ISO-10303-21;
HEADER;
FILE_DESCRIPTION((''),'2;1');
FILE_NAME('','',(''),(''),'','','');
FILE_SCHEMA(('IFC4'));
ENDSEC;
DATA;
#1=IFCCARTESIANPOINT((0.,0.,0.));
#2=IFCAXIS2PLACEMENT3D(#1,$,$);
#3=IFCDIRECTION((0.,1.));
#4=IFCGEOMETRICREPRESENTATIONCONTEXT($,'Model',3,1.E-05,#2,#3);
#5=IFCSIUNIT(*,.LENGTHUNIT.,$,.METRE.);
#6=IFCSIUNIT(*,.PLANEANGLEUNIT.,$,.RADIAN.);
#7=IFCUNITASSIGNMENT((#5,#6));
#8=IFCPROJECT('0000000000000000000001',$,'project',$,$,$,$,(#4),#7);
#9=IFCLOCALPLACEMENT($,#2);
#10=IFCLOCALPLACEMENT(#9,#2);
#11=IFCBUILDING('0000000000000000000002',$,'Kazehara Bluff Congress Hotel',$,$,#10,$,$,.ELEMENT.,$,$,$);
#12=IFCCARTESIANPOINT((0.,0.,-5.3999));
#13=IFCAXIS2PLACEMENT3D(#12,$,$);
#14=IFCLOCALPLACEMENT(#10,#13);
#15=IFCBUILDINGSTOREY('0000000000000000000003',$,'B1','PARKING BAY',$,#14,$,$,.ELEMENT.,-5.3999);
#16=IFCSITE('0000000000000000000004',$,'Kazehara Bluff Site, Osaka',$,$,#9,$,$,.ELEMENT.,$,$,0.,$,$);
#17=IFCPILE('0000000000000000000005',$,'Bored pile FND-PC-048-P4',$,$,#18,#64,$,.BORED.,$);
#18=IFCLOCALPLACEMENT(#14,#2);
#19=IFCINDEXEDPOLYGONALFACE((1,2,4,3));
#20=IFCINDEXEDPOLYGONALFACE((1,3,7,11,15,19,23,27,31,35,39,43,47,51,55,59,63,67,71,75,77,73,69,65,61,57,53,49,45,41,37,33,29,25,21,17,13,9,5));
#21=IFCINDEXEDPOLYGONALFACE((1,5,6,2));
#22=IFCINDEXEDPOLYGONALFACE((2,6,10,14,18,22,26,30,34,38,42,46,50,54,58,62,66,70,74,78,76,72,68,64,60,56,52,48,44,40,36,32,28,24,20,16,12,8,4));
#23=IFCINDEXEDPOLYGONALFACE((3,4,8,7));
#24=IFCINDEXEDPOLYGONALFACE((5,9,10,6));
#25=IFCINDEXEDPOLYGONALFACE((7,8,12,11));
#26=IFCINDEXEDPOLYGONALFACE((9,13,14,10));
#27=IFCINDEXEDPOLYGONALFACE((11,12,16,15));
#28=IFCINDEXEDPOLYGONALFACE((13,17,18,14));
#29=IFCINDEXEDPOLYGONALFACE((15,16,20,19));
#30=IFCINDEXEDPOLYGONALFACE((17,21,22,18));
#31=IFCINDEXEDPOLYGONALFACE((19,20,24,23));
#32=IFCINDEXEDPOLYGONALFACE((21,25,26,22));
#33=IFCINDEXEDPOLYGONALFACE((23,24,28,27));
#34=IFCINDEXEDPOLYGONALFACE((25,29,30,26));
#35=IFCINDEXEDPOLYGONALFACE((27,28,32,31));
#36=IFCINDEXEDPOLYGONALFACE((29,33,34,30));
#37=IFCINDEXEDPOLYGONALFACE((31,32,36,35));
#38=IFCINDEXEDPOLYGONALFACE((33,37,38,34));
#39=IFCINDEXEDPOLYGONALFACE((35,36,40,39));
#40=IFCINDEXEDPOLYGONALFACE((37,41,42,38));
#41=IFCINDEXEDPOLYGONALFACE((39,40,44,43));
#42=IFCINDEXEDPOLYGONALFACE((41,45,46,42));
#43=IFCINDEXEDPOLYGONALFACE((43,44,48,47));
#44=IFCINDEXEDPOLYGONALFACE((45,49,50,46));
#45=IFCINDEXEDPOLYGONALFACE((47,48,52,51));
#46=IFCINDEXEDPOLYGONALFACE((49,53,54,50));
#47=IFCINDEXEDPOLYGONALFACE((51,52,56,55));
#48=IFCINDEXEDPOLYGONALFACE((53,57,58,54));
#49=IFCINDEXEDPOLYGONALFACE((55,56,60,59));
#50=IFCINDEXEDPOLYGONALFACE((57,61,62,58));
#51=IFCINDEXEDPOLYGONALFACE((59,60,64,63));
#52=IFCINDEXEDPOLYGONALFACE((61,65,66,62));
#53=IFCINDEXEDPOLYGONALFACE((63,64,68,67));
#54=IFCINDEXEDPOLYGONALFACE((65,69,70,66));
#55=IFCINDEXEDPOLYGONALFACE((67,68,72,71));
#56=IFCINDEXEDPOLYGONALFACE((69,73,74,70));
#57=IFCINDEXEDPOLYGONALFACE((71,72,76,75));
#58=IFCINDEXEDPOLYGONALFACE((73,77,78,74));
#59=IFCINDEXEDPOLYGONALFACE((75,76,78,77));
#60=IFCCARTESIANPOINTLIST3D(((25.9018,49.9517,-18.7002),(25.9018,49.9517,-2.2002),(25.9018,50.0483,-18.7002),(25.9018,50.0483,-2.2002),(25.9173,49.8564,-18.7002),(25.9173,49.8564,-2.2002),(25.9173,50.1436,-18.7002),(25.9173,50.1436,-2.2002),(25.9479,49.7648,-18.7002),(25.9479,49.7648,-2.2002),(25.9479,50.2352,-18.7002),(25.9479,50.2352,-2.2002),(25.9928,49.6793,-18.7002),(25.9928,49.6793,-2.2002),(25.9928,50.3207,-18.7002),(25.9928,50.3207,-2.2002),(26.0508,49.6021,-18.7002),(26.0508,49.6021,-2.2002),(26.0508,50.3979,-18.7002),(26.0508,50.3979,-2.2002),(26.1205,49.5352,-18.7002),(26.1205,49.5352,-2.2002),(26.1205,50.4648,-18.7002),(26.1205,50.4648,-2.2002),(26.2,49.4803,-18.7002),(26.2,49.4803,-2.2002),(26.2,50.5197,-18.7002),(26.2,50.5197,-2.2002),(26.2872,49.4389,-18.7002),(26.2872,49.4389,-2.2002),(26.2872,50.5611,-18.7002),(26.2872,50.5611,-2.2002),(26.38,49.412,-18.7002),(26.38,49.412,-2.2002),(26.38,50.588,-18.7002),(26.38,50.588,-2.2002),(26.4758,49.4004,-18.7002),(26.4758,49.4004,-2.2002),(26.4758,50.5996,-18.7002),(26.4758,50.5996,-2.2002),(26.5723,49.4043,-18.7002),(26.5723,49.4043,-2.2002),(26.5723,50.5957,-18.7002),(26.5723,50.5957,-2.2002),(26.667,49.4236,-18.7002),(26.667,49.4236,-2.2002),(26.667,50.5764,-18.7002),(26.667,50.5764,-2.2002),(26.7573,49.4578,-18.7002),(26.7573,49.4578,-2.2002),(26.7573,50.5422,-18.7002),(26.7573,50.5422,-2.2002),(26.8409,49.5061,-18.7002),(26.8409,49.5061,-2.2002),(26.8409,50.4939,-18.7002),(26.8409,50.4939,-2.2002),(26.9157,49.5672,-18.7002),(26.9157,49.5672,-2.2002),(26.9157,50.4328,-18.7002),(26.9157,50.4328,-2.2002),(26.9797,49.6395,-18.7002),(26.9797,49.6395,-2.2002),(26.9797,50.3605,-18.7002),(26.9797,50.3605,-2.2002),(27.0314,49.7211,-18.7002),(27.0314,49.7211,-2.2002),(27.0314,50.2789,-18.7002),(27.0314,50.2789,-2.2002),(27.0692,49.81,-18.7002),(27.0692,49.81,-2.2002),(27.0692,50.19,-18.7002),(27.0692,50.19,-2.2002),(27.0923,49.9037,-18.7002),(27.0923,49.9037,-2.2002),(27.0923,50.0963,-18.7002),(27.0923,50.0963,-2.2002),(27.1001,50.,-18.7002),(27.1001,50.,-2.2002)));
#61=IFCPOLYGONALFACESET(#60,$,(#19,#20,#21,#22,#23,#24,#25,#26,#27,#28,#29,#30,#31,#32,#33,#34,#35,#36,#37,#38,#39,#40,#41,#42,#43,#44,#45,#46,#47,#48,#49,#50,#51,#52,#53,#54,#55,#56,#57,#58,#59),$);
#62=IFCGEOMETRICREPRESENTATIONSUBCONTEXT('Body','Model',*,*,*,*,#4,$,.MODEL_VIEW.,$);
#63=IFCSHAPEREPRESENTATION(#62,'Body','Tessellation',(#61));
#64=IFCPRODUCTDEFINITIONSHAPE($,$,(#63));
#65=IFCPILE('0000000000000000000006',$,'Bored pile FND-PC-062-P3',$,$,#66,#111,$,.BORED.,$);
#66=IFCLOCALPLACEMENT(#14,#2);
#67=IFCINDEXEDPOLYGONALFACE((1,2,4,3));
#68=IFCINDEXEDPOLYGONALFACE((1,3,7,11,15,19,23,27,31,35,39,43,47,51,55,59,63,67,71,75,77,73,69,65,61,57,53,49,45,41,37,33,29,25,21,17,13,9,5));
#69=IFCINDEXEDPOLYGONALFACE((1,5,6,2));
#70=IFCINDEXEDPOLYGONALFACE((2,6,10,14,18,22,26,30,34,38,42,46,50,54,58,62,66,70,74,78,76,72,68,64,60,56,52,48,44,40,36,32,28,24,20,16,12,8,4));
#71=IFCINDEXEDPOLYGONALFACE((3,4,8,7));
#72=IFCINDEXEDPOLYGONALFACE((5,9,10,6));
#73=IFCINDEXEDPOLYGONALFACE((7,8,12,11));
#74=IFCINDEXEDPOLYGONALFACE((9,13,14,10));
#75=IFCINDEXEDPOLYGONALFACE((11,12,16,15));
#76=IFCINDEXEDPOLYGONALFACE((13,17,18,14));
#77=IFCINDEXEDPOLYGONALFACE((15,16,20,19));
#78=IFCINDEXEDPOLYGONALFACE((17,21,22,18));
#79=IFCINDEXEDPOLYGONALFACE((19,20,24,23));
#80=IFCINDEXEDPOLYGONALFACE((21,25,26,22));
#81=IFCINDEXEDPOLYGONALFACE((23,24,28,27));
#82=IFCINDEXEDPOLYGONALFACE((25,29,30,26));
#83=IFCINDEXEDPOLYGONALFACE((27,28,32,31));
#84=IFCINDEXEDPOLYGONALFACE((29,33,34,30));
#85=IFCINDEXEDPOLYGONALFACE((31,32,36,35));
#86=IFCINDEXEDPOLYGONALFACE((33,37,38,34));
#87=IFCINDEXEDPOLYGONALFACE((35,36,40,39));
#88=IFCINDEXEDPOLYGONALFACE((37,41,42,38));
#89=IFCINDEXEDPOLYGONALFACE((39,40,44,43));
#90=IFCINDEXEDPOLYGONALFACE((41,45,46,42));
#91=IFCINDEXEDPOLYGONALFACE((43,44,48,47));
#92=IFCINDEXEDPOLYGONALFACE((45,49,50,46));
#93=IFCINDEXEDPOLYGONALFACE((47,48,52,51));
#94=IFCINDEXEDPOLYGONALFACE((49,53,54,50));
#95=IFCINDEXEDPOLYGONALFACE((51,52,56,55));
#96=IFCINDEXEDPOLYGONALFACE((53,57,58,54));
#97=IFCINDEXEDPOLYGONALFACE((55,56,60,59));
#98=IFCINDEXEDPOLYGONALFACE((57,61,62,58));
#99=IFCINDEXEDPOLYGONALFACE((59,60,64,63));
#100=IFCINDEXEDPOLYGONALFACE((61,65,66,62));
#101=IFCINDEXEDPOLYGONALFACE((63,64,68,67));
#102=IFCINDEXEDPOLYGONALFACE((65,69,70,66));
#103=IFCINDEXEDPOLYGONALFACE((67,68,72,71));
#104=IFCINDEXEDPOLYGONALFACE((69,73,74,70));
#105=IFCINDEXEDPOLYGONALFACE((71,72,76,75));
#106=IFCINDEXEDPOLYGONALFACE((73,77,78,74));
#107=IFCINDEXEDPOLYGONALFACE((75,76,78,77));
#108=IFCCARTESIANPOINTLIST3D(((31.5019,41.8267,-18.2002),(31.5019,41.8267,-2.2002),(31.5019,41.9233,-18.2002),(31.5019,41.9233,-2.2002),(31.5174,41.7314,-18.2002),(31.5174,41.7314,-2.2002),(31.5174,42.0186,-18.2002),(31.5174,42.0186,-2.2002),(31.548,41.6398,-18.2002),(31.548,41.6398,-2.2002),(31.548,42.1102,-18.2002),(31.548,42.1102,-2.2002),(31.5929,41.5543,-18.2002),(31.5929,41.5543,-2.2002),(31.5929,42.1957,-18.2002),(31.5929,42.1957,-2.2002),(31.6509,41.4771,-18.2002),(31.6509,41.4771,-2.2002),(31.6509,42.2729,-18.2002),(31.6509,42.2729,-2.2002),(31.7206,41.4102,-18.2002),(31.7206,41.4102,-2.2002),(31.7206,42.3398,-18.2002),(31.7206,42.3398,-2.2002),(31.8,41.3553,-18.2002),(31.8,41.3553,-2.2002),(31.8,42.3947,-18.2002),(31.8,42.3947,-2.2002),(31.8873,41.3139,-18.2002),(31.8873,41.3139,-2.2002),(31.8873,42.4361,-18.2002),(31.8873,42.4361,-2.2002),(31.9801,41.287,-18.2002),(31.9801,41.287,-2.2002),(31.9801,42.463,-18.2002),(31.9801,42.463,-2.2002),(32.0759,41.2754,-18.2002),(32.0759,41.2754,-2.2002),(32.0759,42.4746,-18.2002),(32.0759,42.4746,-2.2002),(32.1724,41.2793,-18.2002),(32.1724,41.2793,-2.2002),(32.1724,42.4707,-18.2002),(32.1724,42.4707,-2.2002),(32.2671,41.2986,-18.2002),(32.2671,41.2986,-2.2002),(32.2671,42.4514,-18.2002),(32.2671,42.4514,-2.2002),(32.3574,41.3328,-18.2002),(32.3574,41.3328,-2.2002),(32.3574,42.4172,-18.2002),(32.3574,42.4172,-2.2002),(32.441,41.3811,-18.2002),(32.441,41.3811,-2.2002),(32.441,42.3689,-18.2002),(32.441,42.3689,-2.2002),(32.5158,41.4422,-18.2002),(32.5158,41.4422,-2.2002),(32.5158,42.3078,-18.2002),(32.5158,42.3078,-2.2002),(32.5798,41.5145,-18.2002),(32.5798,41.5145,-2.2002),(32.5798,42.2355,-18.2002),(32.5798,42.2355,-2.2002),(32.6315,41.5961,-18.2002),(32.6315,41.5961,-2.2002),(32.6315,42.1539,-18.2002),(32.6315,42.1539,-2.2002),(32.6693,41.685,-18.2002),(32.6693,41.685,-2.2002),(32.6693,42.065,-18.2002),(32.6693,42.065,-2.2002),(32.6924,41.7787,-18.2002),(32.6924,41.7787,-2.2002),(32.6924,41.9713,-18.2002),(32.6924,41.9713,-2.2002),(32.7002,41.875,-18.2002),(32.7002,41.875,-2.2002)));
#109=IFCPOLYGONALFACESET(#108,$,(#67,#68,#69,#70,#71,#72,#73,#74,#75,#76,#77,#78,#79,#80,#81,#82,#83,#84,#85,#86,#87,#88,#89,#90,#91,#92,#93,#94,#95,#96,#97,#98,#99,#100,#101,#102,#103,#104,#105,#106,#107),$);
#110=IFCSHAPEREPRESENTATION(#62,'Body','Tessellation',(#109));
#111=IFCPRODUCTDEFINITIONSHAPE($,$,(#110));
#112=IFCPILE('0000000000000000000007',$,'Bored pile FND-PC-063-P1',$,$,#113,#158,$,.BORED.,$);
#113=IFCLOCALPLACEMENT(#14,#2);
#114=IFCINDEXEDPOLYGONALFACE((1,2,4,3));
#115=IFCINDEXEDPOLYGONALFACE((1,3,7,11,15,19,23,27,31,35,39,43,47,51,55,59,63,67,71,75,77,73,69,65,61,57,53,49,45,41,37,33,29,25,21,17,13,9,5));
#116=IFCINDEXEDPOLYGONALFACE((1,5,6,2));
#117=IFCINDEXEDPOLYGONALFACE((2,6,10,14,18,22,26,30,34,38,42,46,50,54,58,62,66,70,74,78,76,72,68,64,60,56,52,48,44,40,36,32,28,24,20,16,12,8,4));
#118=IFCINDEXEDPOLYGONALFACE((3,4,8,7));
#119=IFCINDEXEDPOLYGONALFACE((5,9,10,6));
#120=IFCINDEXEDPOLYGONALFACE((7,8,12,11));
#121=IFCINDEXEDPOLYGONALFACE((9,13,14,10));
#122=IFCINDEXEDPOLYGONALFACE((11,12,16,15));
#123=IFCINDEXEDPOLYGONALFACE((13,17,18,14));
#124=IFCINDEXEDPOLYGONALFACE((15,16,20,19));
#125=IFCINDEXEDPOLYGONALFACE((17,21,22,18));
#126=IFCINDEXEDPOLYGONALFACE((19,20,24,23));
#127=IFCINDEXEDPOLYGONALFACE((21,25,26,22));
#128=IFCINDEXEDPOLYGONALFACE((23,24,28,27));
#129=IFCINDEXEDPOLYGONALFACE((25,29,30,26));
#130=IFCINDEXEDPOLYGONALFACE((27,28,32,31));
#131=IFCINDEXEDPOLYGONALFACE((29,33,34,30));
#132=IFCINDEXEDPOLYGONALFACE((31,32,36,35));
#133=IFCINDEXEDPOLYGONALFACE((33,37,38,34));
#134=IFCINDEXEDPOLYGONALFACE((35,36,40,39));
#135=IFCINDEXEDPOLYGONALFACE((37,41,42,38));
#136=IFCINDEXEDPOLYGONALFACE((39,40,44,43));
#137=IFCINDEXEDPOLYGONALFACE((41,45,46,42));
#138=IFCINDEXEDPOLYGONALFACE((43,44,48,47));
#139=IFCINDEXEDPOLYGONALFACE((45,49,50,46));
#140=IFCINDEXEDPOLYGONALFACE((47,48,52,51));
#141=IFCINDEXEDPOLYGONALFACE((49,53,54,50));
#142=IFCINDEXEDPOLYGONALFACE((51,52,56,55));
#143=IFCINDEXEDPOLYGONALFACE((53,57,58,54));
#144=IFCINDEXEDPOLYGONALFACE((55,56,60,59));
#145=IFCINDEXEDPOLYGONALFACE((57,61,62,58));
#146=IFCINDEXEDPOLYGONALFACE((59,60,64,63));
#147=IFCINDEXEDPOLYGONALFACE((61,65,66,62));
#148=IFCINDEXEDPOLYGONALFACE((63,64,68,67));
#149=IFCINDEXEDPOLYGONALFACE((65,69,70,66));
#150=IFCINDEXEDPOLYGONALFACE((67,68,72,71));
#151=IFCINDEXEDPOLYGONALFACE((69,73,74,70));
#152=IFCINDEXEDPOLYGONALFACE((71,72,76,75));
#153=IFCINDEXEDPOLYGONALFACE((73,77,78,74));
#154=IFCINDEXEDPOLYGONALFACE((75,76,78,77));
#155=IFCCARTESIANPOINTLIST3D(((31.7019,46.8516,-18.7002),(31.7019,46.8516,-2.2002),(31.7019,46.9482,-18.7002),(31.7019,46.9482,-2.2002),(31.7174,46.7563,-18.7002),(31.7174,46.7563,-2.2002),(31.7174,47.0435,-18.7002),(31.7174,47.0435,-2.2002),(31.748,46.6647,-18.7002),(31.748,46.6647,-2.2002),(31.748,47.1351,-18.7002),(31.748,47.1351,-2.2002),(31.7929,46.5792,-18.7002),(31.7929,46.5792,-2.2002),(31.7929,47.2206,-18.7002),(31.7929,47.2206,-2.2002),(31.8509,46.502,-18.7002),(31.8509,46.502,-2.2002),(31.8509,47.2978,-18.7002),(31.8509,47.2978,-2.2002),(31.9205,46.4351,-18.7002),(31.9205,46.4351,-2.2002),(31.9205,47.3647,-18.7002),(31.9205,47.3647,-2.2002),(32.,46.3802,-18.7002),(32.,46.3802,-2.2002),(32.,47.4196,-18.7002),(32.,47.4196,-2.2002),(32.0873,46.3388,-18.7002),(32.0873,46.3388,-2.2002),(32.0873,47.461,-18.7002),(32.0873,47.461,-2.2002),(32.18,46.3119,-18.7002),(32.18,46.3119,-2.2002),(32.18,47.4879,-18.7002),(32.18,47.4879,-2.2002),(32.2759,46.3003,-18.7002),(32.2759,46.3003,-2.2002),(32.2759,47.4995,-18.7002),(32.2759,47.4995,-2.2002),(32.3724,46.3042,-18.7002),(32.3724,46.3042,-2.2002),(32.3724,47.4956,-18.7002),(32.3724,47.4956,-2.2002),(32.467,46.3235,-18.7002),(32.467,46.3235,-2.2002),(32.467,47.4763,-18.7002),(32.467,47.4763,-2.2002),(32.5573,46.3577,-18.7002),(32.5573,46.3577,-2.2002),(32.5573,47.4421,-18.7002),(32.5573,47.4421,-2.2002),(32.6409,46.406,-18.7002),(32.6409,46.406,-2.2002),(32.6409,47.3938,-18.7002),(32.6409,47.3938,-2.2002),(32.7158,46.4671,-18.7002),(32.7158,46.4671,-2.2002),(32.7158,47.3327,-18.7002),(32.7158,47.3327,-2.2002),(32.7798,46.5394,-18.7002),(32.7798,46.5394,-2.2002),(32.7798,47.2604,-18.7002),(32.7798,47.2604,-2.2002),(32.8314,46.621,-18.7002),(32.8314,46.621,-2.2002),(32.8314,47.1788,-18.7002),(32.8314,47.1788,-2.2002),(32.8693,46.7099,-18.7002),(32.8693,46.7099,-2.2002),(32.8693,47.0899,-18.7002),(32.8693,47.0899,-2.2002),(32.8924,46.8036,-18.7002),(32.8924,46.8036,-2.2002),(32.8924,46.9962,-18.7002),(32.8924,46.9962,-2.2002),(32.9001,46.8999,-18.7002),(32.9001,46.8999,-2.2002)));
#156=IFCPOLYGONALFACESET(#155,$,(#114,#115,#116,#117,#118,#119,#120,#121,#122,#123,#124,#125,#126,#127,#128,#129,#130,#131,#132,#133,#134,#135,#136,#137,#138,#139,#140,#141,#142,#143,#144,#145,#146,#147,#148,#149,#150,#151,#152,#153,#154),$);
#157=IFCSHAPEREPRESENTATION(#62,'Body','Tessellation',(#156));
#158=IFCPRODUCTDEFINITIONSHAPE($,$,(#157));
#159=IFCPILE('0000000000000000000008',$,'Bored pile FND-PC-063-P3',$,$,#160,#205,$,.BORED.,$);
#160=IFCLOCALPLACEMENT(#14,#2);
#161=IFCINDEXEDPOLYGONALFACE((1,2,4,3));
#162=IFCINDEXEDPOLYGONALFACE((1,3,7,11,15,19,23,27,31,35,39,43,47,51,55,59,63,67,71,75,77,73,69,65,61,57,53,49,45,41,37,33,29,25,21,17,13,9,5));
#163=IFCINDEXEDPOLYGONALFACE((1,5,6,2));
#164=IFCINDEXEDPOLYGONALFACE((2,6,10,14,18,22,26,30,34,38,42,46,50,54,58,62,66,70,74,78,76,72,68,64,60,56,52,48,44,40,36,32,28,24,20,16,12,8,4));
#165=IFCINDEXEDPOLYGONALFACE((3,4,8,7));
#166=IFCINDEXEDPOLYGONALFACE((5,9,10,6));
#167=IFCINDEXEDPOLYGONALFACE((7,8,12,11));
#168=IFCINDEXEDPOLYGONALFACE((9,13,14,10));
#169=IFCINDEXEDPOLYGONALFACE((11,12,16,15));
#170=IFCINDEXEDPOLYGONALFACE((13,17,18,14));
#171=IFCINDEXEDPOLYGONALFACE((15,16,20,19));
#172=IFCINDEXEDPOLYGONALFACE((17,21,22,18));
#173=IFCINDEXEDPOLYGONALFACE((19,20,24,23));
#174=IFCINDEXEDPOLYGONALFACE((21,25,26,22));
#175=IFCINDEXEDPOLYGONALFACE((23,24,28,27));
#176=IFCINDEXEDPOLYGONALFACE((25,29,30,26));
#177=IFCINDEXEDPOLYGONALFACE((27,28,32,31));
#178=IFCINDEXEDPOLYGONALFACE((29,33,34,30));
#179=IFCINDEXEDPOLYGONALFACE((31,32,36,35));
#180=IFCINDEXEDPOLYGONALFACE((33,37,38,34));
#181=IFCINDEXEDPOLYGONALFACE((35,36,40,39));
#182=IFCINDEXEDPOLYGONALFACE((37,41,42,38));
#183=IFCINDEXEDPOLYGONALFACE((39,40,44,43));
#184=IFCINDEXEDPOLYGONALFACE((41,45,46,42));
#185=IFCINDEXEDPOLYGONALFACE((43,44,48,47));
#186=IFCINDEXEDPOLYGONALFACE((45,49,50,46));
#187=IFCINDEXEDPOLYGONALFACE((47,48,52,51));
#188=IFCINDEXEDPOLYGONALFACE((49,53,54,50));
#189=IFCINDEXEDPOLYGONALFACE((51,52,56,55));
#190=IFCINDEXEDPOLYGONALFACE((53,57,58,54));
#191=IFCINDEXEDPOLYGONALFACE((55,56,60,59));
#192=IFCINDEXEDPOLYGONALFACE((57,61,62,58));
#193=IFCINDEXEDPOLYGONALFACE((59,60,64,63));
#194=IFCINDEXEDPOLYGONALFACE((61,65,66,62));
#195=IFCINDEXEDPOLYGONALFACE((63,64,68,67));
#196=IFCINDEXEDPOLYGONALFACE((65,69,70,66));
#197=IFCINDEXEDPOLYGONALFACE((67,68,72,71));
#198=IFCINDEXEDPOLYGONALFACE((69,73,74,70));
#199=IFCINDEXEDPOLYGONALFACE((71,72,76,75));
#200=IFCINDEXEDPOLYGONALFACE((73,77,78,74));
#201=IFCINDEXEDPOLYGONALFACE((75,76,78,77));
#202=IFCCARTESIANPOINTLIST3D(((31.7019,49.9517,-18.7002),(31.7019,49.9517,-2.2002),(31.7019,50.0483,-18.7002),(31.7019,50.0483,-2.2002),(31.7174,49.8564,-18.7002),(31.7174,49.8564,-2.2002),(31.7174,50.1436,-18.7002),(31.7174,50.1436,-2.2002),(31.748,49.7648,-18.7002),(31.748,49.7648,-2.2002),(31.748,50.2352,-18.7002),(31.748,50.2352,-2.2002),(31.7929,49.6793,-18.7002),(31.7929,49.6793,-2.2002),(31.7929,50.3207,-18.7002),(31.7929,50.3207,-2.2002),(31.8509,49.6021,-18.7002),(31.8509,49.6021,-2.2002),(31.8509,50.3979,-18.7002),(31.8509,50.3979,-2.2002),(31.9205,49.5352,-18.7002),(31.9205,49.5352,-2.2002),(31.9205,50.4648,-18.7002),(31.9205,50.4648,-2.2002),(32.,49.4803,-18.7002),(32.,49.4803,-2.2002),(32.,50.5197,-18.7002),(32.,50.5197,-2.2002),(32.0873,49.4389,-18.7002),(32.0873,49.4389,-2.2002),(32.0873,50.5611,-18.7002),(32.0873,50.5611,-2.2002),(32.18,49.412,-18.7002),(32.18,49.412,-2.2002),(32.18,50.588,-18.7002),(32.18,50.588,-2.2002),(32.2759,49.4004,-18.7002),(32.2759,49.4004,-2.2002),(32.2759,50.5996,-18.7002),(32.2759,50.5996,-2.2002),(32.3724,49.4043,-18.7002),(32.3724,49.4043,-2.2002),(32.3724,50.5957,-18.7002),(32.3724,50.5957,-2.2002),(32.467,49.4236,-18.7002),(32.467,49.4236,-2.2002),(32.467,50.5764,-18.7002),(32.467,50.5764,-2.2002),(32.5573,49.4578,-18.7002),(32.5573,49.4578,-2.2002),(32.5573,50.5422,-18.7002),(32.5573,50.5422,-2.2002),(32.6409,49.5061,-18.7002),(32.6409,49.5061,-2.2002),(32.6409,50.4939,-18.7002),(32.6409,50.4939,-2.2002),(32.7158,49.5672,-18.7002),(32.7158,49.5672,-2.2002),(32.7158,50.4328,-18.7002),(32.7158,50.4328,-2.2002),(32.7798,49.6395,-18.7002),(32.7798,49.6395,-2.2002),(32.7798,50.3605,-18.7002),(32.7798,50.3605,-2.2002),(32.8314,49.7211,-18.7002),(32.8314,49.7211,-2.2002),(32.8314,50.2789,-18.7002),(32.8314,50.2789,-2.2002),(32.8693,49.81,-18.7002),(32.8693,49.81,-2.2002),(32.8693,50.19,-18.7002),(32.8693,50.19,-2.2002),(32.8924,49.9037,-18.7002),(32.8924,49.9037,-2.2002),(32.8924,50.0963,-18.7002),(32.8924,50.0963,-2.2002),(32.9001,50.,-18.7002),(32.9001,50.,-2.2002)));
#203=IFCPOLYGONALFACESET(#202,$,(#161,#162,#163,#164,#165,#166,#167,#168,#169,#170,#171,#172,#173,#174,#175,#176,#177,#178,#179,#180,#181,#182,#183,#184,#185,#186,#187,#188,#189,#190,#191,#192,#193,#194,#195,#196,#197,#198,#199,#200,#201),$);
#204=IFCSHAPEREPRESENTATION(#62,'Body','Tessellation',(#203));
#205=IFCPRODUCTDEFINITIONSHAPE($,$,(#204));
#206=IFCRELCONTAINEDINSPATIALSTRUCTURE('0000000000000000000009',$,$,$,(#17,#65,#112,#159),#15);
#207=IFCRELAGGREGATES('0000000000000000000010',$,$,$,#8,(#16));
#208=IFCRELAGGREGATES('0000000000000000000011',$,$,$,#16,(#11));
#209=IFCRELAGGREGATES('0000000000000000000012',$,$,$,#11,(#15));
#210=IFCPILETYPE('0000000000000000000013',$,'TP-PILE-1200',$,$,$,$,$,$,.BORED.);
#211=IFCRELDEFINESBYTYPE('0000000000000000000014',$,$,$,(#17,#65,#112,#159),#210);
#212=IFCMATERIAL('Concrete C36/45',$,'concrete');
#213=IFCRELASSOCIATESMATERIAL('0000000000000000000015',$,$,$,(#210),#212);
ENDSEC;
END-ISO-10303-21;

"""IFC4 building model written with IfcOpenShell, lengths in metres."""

from ifc_helpers import new_model, si_unit, direction, frame, origin, origin_2d, place, context, subcontext, project, spatial, circle, extrude, material, material_profile, profile_set, type_object, element, save


model = new_model("IFC4")

# Units and contexts
model_context = context("Model", 3, precision=1e-05, world=origin(), true_north=direction((0.0, 1.0)))
body_context = subcontext(model_context, "Body", "Model", "MODEL_VIEW")
ifc_project = project(units=[si_unit("LENGTHUNIT", "METRE"), si_unit("PLANEANGLEUNIT", "RADIAN")], contexts=[model_context])

# Site, building, storey
site_placement = place(None, origin())
site = spatial("IfcSite", under=ifc_project, at=site_placement, Name="Kazehara Bluff Site, Osaka", CompositionType="ELEMENT", RefElevation=0.0)
building_placement = place(site_placement, origin())
building = spatial("IfcBuilding", under=site, at=building_placement, Name="Kazehara Bluff Congress Hotel", CompositionType="ELEMENT")
storey_placement = place(building_placement, frame((0.0, 0.0, -5.3999)))
storey = spatial("IfcBuildingStorey", under=building, at=storey_placement, Name="B1", Description="PARKING BAY", CompositionType="ELEMENT", Elevation=-5.3999)

# Piles
ifc_material_1 = material(Name="Concrete C36/45", Category="concrete")
ifc_material_profile_1 = material_profile(ifc_material_1, circle(Radius=0.6001, at=origin_2d()))
ifc_profile_set_1 = profile_set([ifc_material_profile_1], Name="Concrete C36/45")
pile_type = type_object("IfcPileType", Name="TP-PILE-1200", PredefinedType="BORED", material=ifc_profile_set_1)
for number, where, z_axis, x_axis, name in (
    (1, (26.5, 50.0, -2.2002), (0.0, 0.0, -1.0), (1.0, 0.0, 0.0), "Bored pile FND-PC-048-P4"),
):
    element("IfcPile", number, at=place(storey_placement, frame(where, z_axis=z_axis, x_axis=x_axis)), inside=storey, type_object=pile_type, Name=name, PredefinedType="BORED", context=body_context, shape_type="SweptSolid", body=[
        extrude(circle(Radius=0.6001, at=origin_2d()), origin(), (0.0, 0.0, 1.0), 16.5),
    ])
pile_1_placement = place(storey_placement, frame((32.1001, 41.875, -2.2002), z_axis=(0.0, 0.0, -1.0), x_axis=(1.0, 0.0, 0.0)))
element("IfcPile", 2, at=pile_1_placement, inside=storey, type_object=pile_type, Name="Bored pile FND-PC-062-P3", PredefinedType="BORED", context=body_context, shape_type="SweptSolid", body=[
    extrude(circle(Radius=0.6001, at=origin_2d()), origin(), (0.0, 0.0, 1.0), 16.0),
])
for number, where, z_axis, x_axis, name in (
    (3, (32.3, 46.8999, -2.2002), (0.0, 0.0, -1.0), (1.0, 0.0, 0.0), "Bored pile FND-PC-063-P1"),
    (4, (32.3, 50.0, -2.2002), (0.0, 0.0, -1.0), (1.0, 0.0, 0.0), "Bored pile FND-PC-063-P3"),
):
    element("IfcPile", number, at=place(storey_placement, frame(where, z_axis=z_axis, x_axis=x_axis)), inside=storey, type_object=pile_type, Name=name, PredefinedType="BORED", context=body_context, shape_type="SweptSolid", body=[
        extrude(circle(Radius=0.6001, at=origin_2d()), origin(), (0.0, 0.0, 1.0), 16.5),
    ])

save(model, "model.ifc")
